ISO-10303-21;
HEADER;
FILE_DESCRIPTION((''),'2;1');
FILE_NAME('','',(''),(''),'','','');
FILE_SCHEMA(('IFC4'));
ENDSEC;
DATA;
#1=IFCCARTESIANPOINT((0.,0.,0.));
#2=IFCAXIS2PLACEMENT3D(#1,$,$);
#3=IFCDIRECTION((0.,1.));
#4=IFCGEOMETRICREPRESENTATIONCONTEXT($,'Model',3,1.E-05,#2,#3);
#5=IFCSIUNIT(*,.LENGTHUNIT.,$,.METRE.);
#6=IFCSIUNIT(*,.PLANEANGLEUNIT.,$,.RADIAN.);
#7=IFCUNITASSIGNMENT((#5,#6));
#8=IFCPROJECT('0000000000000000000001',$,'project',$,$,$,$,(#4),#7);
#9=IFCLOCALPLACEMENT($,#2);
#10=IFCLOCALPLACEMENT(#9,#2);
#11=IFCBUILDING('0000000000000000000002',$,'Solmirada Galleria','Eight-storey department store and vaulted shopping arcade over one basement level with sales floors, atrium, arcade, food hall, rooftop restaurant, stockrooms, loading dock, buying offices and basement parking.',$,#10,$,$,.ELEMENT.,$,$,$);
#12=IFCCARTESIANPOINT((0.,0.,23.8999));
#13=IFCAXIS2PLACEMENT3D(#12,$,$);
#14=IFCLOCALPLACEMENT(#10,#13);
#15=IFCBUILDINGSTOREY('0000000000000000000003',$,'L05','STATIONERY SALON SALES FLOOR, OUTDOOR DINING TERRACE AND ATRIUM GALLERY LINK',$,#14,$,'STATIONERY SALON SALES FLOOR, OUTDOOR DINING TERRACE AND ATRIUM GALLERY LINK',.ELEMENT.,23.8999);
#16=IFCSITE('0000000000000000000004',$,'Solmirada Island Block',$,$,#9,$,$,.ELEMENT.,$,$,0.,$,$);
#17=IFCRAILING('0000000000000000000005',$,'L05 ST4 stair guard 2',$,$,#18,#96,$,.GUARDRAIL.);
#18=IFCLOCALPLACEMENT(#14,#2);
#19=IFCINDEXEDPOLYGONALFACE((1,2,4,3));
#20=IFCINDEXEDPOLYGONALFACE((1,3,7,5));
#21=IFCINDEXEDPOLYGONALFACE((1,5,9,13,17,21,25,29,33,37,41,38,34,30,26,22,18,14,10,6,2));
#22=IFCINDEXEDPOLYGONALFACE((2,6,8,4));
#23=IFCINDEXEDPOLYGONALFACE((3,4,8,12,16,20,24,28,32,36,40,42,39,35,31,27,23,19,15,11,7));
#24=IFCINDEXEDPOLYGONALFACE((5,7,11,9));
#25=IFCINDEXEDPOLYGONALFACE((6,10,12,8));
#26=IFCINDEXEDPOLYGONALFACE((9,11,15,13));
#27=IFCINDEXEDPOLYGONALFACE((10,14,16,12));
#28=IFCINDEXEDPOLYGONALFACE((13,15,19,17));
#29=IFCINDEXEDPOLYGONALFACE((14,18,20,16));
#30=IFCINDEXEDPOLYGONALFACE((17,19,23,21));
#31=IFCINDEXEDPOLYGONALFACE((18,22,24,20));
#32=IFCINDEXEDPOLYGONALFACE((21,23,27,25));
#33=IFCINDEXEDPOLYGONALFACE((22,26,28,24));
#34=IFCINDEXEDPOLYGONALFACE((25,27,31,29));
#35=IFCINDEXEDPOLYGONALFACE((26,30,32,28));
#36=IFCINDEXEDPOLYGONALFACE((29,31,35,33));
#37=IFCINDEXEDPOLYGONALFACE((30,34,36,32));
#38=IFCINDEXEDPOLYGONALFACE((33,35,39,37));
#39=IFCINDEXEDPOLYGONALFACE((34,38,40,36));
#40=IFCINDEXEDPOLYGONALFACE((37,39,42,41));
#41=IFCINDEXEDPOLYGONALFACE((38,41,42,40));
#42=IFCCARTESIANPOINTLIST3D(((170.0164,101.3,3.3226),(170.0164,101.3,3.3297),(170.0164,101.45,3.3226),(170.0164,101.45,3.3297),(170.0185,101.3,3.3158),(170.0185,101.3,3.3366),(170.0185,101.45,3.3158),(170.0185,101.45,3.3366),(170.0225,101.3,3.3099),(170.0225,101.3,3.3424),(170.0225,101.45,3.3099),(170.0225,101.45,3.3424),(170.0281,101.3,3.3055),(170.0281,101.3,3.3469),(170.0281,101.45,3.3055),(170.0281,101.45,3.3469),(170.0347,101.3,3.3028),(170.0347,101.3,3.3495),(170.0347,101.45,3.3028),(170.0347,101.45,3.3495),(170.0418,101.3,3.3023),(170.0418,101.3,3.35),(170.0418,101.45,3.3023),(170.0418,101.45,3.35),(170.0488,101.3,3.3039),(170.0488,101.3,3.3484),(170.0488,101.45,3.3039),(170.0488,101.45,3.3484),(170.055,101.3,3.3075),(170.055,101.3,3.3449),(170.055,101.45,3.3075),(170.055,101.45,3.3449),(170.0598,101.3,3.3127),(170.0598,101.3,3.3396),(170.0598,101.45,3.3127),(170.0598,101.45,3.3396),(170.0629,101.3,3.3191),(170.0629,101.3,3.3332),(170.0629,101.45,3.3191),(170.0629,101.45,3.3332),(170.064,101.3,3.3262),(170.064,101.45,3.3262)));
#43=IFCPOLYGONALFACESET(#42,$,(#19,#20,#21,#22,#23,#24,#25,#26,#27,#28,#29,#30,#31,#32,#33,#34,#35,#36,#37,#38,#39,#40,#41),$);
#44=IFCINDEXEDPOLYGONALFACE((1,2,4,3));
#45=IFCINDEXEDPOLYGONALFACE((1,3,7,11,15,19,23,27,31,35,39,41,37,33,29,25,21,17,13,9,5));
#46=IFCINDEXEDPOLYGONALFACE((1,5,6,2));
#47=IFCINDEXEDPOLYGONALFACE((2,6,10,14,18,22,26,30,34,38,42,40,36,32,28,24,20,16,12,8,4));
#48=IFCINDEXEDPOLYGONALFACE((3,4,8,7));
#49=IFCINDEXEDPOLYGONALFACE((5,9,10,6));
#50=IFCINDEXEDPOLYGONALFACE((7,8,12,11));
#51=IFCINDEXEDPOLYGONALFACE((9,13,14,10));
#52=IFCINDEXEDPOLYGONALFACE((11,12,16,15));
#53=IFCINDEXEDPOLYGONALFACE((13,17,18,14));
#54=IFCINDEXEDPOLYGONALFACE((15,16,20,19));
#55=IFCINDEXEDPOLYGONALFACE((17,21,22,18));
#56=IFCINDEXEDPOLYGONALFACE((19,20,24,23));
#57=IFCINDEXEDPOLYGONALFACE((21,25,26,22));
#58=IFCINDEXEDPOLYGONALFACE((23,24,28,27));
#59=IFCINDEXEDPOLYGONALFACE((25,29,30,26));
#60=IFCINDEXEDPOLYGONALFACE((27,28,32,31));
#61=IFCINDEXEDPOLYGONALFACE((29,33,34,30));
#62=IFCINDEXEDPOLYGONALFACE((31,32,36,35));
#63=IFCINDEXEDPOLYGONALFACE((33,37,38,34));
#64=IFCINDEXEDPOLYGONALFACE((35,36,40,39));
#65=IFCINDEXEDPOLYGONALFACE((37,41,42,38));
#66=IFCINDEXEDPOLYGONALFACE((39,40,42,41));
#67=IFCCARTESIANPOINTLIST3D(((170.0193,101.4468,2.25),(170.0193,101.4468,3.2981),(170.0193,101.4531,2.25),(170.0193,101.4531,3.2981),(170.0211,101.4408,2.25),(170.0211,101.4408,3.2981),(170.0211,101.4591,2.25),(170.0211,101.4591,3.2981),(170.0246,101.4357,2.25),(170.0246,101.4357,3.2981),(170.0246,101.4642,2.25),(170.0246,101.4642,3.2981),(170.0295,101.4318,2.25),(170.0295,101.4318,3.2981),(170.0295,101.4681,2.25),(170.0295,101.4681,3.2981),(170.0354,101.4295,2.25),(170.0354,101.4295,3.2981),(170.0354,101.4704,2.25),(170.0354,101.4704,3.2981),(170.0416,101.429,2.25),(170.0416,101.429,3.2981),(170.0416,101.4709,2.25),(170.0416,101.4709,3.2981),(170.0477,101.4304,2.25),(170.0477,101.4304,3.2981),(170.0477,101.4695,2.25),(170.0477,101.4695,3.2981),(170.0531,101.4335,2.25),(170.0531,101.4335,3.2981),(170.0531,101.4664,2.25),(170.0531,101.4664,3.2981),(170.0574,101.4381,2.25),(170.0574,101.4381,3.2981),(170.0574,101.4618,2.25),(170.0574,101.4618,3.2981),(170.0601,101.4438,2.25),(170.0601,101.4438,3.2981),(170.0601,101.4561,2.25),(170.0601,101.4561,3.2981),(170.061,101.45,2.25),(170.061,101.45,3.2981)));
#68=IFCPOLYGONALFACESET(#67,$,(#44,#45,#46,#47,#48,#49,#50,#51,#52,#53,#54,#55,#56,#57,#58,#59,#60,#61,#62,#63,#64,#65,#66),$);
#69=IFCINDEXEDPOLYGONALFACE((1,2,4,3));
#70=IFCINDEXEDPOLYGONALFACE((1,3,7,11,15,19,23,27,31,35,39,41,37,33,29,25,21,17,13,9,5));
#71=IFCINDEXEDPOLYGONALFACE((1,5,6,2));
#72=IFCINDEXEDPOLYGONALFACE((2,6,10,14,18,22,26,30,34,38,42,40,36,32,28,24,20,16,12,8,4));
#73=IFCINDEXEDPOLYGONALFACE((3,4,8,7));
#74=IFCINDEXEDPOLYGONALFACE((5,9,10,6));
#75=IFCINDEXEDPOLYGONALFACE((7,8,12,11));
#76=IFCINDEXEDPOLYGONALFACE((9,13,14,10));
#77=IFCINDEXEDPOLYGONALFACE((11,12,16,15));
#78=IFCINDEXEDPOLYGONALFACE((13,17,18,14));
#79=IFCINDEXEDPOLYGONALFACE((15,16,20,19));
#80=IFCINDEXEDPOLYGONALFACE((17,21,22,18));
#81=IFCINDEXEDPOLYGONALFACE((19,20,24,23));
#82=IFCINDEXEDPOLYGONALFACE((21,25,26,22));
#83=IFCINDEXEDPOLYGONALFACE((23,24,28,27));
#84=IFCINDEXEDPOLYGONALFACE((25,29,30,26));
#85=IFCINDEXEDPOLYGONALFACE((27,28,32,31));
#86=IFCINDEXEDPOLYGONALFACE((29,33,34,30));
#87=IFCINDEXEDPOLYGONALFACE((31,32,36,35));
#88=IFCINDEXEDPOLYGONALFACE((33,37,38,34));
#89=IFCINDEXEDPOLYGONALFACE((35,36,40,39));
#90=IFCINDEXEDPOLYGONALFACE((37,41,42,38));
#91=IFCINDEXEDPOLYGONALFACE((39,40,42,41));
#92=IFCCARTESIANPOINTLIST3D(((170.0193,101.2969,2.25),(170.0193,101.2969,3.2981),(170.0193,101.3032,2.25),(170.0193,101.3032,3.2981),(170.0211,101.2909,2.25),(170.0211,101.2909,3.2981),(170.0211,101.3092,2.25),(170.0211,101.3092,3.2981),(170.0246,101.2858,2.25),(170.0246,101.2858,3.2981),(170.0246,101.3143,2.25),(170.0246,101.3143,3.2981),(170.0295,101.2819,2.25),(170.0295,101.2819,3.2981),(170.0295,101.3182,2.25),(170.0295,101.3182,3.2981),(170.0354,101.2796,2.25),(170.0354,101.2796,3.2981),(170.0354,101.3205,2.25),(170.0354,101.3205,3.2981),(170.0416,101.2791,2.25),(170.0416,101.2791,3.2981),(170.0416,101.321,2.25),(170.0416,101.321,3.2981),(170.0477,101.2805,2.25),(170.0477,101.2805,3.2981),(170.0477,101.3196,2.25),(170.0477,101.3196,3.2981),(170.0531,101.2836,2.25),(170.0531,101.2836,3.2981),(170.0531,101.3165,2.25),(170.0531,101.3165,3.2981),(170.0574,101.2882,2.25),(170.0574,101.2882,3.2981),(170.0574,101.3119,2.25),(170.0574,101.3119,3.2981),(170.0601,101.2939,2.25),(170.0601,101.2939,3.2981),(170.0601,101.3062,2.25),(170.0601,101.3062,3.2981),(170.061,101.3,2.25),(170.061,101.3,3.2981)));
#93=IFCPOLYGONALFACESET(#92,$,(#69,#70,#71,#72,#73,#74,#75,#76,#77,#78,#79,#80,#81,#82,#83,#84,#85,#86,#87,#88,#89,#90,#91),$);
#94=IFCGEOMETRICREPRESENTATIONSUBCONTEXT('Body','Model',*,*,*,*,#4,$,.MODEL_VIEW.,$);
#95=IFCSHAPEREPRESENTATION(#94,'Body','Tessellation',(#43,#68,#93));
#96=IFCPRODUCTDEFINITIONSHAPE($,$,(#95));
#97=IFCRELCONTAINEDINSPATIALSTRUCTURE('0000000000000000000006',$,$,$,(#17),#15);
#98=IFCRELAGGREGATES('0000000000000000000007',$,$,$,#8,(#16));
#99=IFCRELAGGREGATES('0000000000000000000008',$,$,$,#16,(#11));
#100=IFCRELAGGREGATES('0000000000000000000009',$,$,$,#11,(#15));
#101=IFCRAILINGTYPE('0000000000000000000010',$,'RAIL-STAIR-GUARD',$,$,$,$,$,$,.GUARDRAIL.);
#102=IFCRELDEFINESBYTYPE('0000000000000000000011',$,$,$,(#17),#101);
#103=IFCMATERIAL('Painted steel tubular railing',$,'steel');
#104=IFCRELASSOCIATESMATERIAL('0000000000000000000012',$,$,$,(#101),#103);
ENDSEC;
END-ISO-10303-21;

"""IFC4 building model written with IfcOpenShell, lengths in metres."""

from ifc_helpers import new_model, si_unit, direction, frame, origin, origin_2d, place, context, subcontext, project, spatial, circle, extrude, material, type_object, element, save


model = new_model("IFC4")

# Units and contexts
model_context = context("Model", 3, precision=1e-05, world=origin(), true_north=direction((0.0, 1.0)))
body_context = subcontext(model_context, "Body", "Model", "MODEL_VIEW")
ifc_project = project(units=[si_unit("LENGTHUNIT", "METRE"), si_unit("PLANEANGLEUNIT", "RADIAN")], contexts=[model_context])

# Site, building, storey
site_placement = place(None, origin())
site = spatial("IfcSite", under=ifc_project, at=site_placement, Name="Solmirada Island Block", CompositionType="ELEMENT", RefElevation=0.0)
building_placement = place(site_placement, origin())
building = spatial("IfcBuilding", under=site, at=building_placement, Name="Solmirada Galleria", Description="Eight-storey department store and vaulted shopping arcade over one basement level with sales floors, atrium, arcade, food hall, rooftop restaurant, stockrooms, loading dock, buying offices and basement parking.", CompositionType="ELEMENT")
storey_placement = place(building_placement, frame((0.0, 0.0, 23.8999)))
storey = spatial("IfcBuildingStorey", under=building, at=storey_placement, Name="L05", Description="STATIONERY SALON SALES FLOOR, OUTDOOR DINING TERRACE AND ATRIUM GALLERY LINK", LongName="STATIONERY SALON SALES FLOOR, OUTDOOR DINING TERRACE AND ATRIUM GALLERY LINK", CompositionType="ELEMENT", Elevation=23.8999)

# Railing
ifc_material_1 = material(Name="Painted steel tubular railing", Category="steel")
railing_type_1 = type_object("IfcRailingType", Name="RAIL-STAIR-GUARD", PredefinedType="GUARDRAIL", material=ifc_material_1)
railing_1_placement = place(storey_placement, frame((170.04, 101.45, 2.25)))
element("IfcRailing", 1, at=railing_1_placement, inside=storey, type_object=railing_type_1, Name="L05 ST4 stair guard 2", PredefinedType="GUARDRAIL", context=body_context, shape_type="SweptSolid", body=[
    extrude(circle(Radius=0.0239, at=origin_2d()), frame((0.0, 0.0, 1.0762), z_axis=(0.0, -1.0, 0.0), x_axis=(1.0, 0.0, 0.0)), (0.0, 0.0, 1.0), 0.1499),
    extrude(circle(Radius=0.021, at=origin_2d()), origin(), (0.0, 0.0, 1.0), 1.0481),
    extrude(circle(Radius=0.021, at=origin_2d()), frame((0.0, -0.1499, 0.0)), (0.0, 0.0, 1.0), 1.0481),
])

save(model, "model.ifc")
